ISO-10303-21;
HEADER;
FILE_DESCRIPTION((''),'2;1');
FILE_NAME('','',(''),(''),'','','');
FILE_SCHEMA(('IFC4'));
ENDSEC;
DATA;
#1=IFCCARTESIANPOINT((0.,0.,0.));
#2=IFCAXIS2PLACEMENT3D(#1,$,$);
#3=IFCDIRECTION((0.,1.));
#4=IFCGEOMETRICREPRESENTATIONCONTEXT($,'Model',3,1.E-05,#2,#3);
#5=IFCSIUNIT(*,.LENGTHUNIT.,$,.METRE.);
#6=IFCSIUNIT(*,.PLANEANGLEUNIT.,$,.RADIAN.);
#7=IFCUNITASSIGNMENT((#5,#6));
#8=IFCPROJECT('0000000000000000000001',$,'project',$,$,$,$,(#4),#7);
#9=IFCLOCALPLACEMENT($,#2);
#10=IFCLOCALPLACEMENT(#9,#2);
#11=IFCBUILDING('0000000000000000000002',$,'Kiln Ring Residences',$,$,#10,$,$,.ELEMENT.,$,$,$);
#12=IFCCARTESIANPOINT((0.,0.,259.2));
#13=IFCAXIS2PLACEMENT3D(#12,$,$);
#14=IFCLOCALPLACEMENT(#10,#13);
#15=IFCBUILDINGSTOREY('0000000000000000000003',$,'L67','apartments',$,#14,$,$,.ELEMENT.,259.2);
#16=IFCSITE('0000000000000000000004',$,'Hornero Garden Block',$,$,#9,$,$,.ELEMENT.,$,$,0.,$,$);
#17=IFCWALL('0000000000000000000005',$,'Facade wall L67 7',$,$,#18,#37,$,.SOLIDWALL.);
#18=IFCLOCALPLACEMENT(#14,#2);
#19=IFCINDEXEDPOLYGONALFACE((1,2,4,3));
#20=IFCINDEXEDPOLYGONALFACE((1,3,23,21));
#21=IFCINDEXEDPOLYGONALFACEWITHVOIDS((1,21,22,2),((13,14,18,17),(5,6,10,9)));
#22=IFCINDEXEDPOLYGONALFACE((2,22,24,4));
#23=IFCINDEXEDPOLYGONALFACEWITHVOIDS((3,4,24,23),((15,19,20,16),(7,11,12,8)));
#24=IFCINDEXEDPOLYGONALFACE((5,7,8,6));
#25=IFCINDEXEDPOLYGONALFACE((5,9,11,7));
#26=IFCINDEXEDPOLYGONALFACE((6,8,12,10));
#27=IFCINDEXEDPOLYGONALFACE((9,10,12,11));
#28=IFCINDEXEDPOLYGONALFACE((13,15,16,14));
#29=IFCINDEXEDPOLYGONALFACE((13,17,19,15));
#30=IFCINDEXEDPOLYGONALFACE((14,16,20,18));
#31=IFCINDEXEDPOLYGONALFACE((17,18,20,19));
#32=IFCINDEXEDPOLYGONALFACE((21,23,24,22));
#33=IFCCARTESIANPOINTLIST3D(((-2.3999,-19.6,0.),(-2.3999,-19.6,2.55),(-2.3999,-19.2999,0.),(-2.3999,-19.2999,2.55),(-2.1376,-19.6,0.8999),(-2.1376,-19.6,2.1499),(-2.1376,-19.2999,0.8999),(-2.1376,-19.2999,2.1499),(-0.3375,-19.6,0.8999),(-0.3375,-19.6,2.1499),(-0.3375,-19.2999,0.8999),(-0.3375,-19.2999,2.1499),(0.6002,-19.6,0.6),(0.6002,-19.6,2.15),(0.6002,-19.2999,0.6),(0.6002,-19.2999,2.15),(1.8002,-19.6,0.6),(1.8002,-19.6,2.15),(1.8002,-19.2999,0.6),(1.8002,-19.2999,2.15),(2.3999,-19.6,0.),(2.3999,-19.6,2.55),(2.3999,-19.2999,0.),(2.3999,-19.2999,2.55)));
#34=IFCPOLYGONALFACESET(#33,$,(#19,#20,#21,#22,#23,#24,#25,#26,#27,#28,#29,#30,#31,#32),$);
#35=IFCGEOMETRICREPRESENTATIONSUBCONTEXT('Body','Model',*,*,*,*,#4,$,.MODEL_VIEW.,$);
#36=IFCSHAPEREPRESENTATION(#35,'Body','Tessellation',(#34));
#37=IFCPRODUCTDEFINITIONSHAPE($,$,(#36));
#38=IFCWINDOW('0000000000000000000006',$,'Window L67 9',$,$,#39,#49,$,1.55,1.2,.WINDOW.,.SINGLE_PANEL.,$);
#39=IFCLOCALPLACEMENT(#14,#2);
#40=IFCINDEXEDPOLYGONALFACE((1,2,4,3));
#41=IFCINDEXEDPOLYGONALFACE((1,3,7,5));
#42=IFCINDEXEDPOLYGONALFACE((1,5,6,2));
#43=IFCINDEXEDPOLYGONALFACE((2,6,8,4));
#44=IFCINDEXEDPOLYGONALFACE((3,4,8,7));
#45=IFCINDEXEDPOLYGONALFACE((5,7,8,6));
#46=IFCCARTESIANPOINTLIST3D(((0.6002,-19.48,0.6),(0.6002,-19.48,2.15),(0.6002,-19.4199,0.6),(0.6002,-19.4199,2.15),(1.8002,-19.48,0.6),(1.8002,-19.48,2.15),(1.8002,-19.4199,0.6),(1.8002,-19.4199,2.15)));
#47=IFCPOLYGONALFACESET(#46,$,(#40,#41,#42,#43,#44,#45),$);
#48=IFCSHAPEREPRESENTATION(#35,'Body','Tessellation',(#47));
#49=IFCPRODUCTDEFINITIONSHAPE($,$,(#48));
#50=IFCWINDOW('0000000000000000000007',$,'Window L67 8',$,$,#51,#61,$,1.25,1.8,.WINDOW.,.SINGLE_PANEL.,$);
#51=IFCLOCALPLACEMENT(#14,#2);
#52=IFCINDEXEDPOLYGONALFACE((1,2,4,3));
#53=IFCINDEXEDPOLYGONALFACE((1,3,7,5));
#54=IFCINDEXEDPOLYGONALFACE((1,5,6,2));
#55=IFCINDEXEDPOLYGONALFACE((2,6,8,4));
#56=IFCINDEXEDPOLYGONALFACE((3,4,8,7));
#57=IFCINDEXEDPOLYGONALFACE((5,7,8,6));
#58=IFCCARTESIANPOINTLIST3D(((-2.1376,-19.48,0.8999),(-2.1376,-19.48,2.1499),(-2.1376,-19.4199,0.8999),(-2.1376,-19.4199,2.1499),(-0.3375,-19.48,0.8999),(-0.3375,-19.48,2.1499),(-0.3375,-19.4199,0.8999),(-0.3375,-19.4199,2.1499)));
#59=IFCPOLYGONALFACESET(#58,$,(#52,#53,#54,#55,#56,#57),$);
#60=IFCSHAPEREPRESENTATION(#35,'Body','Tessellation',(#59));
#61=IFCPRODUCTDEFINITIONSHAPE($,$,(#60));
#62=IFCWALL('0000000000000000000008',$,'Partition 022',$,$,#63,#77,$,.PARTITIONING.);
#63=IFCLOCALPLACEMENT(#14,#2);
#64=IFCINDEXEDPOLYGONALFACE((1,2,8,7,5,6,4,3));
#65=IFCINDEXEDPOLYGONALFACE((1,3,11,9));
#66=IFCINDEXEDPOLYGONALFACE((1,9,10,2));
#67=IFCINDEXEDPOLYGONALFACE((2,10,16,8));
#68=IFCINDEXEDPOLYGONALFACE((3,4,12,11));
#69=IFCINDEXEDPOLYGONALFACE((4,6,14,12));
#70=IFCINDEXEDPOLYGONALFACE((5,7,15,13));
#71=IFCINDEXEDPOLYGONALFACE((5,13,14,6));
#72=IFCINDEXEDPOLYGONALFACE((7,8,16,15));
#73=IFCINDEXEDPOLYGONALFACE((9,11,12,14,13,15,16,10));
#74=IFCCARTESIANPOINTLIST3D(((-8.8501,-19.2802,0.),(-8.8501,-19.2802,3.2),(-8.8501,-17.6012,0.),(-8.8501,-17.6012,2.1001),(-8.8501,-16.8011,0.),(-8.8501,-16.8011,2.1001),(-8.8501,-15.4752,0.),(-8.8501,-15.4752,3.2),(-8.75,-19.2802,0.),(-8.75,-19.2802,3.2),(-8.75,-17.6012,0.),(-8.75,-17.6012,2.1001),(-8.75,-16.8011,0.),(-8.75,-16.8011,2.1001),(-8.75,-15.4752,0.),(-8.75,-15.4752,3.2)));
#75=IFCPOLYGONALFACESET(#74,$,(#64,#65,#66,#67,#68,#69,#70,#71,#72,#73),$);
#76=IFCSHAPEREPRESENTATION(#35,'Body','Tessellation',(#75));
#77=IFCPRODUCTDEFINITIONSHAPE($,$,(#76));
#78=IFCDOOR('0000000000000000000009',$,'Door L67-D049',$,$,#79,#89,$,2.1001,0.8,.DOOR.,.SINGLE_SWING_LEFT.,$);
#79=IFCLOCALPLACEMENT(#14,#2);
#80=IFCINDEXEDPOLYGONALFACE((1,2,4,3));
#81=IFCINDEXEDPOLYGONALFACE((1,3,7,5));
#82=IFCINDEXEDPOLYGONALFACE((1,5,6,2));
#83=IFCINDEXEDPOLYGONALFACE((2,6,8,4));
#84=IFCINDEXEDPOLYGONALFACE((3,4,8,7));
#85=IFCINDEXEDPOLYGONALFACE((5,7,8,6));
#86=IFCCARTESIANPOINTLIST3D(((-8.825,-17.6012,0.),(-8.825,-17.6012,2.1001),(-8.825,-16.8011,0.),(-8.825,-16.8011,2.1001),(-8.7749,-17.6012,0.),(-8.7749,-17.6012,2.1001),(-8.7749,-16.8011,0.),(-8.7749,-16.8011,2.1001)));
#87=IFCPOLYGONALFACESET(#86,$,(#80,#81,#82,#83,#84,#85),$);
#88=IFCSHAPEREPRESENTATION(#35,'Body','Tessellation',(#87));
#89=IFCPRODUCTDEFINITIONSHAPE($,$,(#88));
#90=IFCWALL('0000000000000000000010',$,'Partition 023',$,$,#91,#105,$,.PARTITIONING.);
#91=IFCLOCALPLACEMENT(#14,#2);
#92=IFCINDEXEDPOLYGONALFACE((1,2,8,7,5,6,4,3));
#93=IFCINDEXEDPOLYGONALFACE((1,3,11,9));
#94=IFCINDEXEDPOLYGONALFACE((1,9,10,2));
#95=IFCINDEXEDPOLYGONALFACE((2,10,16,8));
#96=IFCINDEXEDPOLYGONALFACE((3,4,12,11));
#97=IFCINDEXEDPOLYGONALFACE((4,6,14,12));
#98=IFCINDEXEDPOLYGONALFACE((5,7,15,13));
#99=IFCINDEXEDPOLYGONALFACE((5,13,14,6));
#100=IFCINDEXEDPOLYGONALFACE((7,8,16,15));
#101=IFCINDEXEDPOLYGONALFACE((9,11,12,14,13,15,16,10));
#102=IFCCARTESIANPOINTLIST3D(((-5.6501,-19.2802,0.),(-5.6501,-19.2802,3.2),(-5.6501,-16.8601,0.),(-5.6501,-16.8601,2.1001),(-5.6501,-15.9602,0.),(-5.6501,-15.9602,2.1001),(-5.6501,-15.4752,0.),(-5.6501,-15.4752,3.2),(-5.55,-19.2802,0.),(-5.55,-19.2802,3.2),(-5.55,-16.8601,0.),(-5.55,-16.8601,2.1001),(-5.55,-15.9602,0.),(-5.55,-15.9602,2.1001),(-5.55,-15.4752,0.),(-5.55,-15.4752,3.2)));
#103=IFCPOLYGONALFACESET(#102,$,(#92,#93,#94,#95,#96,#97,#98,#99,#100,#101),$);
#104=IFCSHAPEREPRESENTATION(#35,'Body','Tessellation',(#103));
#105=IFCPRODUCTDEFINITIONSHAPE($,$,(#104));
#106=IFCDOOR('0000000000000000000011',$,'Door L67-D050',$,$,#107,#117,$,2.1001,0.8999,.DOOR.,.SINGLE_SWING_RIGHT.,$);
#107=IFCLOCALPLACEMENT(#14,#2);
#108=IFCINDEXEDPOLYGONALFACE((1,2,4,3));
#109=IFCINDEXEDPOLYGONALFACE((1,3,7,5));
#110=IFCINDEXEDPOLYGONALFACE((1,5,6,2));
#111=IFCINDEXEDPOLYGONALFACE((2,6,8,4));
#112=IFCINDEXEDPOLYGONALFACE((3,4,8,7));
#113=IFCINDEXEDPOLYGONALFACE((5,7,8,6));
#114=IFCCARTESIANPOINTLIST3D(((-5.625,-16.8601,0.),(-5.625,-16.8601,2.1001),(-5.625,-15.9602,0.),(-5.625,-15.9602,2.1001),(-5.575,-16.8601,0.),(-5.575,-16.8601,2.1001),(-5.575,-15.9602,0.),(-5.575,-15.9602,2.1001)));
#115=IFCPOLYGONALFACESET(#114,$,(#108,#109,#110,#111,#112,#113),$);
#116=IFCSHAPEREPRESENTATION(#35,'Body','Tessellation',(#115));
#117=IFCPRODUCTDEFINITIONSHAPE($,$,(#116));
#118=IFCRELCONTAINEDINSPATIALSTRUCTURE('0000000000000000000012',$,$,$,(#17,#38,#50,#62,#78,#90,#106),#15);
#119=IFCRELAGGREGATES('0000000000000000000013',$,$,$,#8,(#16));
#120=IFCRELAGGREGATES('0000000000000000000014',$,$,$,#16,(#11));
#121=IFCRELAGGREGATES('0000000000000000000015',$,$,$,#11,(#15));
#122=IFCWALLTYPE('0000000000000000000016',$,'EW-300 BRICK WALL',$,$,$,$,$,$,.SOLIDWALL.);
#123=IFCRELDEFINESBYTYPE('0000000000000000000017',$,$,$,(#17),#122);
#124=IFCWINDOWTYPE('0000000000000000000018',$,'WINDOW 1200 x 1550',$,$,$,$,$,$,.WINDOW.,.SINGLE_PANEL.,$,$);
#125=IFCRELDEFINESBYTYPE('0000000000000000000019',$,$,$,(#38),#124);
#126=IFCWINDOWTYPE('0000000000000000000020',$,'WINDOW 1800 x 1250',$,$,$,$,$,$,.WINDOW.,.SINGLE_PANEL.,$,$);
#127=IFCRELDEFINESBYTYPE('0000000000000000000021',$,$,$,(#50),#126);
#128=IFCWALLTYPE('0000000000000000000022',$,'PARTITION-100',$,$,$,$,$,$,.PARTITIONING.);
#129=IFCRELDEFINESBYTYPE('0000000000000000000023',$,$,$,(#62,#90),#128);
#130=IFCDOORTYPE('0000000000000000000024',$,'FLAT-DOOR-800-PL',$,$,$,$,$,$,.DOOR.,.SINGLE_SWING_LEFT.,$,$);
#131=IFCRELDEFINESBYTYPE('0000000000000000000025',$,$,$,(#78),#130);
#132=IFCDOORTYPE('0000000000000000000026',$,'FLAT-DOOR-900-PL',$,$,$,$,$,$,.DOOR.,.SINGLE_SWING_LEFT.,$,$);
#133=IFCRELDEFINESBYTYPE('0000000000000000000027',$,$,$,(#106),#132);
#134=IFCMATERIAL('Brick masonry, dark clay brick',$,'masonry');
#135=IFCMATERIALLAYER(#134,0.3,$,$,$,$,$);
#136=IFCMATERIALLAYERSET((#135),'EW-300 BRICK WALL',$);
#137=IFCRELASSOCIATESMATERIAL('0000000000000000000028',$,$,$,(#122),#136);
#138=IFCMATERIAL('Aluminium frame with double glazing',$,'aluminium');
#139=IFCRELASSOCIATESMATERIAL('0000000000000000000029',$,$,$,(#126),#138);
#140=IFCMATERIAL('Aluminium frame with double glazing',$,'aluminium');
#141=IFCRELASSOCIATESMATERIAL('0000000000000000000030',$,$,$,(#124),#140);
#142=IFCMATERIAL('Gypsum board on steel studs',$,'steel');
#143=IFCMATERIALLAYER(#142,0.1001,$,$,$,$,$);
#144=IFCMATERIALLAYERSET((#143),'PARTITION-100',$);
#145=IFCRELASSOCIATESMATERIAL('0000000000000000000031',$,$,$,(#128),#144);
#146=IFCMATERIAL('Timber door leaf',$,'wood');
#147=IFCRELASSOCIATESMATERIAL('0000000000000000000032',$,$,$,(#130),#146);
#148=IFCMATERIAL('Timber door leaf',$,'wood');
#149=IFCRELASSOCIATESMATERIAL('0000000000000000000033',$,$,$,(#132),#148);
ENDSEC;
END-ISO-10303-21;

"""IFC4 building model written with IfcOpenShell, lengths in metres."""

from ifc_helpers import new_model, si_unit, direction, frame, frame_2d, origin, place, context, subcontext, project, spatial, rectangle, extrude, material, layer, layer_set, type_object, element, fill, save


model = new_model("IFC4")

# Units and contexts
model_context = context("Model", 3, precision=1e-05, world=origin(), true_north=direction((0.0, 1.0)))
body_context = subcontext(model_context, "Body", "Model", "MODEL_VIEW")
ifc_project = project(units=[si_unit("LENGTHUNIT", "METRE"), si_unit("PLANEANGLEUNIT", "RADIAN")], contexts=[model_context])

# Site, building, storey
site_placement = place(None, origin())
site = spatial("IfcSite", under=ifc_project, at=site_placement, Name="Hornero Garden Block", CompositionType="ELEMENT", RefElevation=0.0)
building_placement = place(site_placement, origin())
building = spatial("IfcBuilding", under=site, at=building_placement, Name="Kiln Ring Residences", CompositionType="ELEMENT")
storey_placement = place(building_placement, frame((0.0, 0.0, 259.2)))
storey = spatial("IfcBuildingStorey", under=building, at=storey_placement, Name="L67", Description="apartments", CompositionType="ELEMENT", Elevation=259.2)

# Wall, openings, windows
ifc_material_1 = material(Name="Brick masonry, dark clay brick", Category="masonry")
ifc_layer_1 = layer(ifc_material_1, 0.3)
ifc_layer_set_1 = layer_set([ifc_layer_1], Name="EW-300 BRICK WALL")
wall_type_1 = type_object("IfcWallType", Name="EW-300 BRICK WALL", PredefinedType="SOLIDWALL", material=ifc_layer_set_1)
ifc_material_2 = material(Name="Aluminium frame with double glazing", Category="aluminium")
window_type_1 = type_object("IfcWindowType", Name="WINDOW 1800 x 1250", PartitioningType="SINGLE_PANEL", PredefinedType="WINDOW", material=ifc_material_2)
wall_1_placement = place(storey_placement, frame((-2.3999, -19.45, 0.0), z_axis=(0.0, 0.0, 1.0), x_axis=(1.0, 0.0, 0.0)))
wall_1 = element("IfcWall", 1, at=wall_1_placement, inside=storey, type_object=wall_type_1, Name="Facade wall L67 7", PredefinedType="SOLIDWALL", context=body_context, shape_type="SweptSolid", body=[
    extrude(rectangle(XDim=4.7998, YDim=0.3, at=frame_2d((2.3999, 0.0))), origin(), (0.0, 0.0, 1.0), 2.55),
])
opening_1_placement = place(wall_1_placement, frame((0.2625, 0.0, 0.8999)))
opening_1 = element("IfcOpeningElement", 2, at=opening_1_placement, cuts=wall_1, PredefinedType="OPENING", context=body_context, shape_type="SweptSolid", body=[
    extrude(rectangle(XDim=1.8, YDim=1.25, at=frame_2d((0.8999, 0.625))), frame((0.0, 0.1599, 0.0), z_axis=(0.0, -1.0, 0.0), x_axis=(1.0, 0.0, 0.0)), (0.0, 0.0, 1.0), 0.3201),
])
opening_2_placement = place(wall_1_placement, frame((3.0, 0.0, 0.6001)))
opening_2 = element("IfcOpeningElement", 3, at=opening_2_placement, cuts=wall_1, PredefinedType="OPENING", context=body_context, shape_type="SweptSolid", body=[
    extrude(rectangle(XDim=1.2, YDim=1.55, at=frame_2d((0.6001, 0.7749))), frame((0.0, 0.1599, 0.0), z_axis=(0.0, -1.0, 0.0), x_axis=(1.0, 0.0, 0.0)), (0.0, 0.0, 1.0), 0.3201),
])
ifc_material_3 = material(Name="Aluminium frame with double glazing", Category="aluminium")
window_type_2 = type_object("IfcWindowType", Name="WINDOW 1200 x 1550", PartitioningType="SINGLE_PANEL", PredefinedType="WINDOW", material=ifc_material_3)
window_1_placement = place(opening_2_placement, origin())
window_1 = element("IfcWindow", 4, at=window_1_placement, inside=storey, type_object=window_type_2, Name="Window L67 9", OverallHeight=1.55, OverallWidth=1.2, PartitioningType="SINGLE_PANEL", PredefinedType="WINDOW", context=body_context, shape_type="SweptSolid", body=[
    extrude(rectangle(XDim=1.2, YDim=1.55, at=frame_2d((0.6001, 0.7749))), frame((0.0, 0.03, 0.0), z_axis=(0.0, -1.0, 0.0), x_axis=(1.0, 0.0, 0.0)), (0.0, 0.0, 1.0), 0.0601),
])
fill(opening_2, window_1)
window_2_placement = place(opening_1_placement, origin())
window_2 = element("IfcWindow", 5, at=window_2_placement, inside=storey, type_object=window_type_1, Name="Window L67 8", OverallHeight=1.25, OverallWidth=1.8, PartitioningType="SINGLE_PANEL", PredefinedType="WINDOW", context=body_context, shape_type="SweptSolid", body=[
    extrude(rectangle(XDim=1.8, YDim=1.25, at=frame_2d((0.8999, 0.625))), frame((0.0, 0.03, 0.0), z_axis=(0.0, -1.0, 0.0), x_axis=(1.0, 0.0, 0.0)), (0.0, 0.0, 1.0), 0.0601),
])
fill(opening_1, window_2)

# Walls, openings, doors
ifc_material_4 = material(Name="Gypsum board on steel studs", Category="steel")
ifc_layer_2 = layer(ifc_material_4, 0.1001)
ifc_layer_set_2 = layer_set([ifc_layer_2], Name="PARTITION-100")
wall_type_2 = type_object("IfcWallType", Name="PARTITION-100", PredefinedType="PARTITIONING", material=ifc_layer_set_2)
wall_2_placement = place(storey_placement, frame((-8.8, -19.28, 0.0), z_axis=(0.0, 0.0, 1.0), x_axis=(0.0, 1.0, 0.0)))
wall_2 = element("IfcWall", 6, at=wall_2_placement, inside=storey, type_object=wall_type_2, Name="Partition 022", PredefinedType="PARTITIONING", context=body_context, shape_type="SweptSolid", body=[
    extrude(rectangle(XDim=3.8049, YDim=0.1001, at=frame_2d((1.9023, 0.0))), origin(), (0.0, 0.0, 1.0), 3.2),
])
opening_3_placement = place(wall_2_placement, frame((1.679, 0.0, 0.0)))
opening_3 = element("IfcOpeningElement", 7, at=opening_3_placement, cuts=wall_2, PredefinedType="OPENING", context=body_context, shape_type="SweptSolid", body=[
    extrude(rectangle(XDim=0.8, YDim=2.1001, at=frame_2d((0.3999, 1.05))), frame((0.0, 0.0601, 0.0), z_axis=(0.0, -1.0, 0.0), x_axis=(1.0, 0.0, 0.0)), (0.0, 0.0, 1.0), 0.1201),
])
ifc_material_5 = material(Name="Timber door leaf", Category="wood")
door_type_1 = type_object("IfcDoorType", Name="FLAT-DOOR-800-PL", OperationType="SINGLE_SWING_LEFT", PredefinedType="DOOR", material=ifc_material_5)
door_1_placement = place(opening_3_placement, origin())
door_1 = element("IfcDoor", 8, at=door_1_placement, inside=storey, type_object=door_type_1, Name="Door L67-D049", OperationType="SINGLE_SWING_LEFT", OverallHeight=2.1001, OverallWidth=0.8, PredefinedType="DOOR", context=body_context, shape_type="SweptSolid", body=[
    extrude(rectangle(XDim=0.8, YDim=2.1001, at=frame_2d((0.3999, 1.05))), frame((0.0, 0.0249, 0.0), z_axis=(0.0, -1.0, 0.0), x_axis=(1.0, 0.0, 0.0)), (0.0, 0.0, 1.0), 0.05),
])
fill(opening_3, door_1)
wall_3_placement = place(storey_placement, frame((-5.6001, -19.28, 0.0), z_axis=(0.0, 0.0, 1.0), x_axis=(0.0, 1.0, 0.0)))
wall_3 = element("IfcWall", 9, at=wall_3_placement, inside=storey, type_object=wall_type_2, Name="Partition 023", PredefinedType="PARTITIONING", context=body_context, shape_type="SweptSolid", body=[
    extrude(rectangle(XDim=3.8049, YDim=0.1001, at=frame_2d((1.9023, 0.0))), origin(), (0.0, 0.0, 1.0), 3.2),
])
opening_4_placement = place(wall_3_placement, frame((2.4199, 0.0, 0.0)))
opening_4 = element("IfcOpeningElement", 10, at=opening_4_placement, cuts=wall_3, PredefinedType="OPENING", context=body_context, shape_type="SweptSolid", body=[
    extrude(rectangle(XDim=0.8999, YDim=2.1001, at=frame_2d((0.45, 1.05))), frame((0.0, 0.0601, 0.0), z_axis=(0.0, -1.0, 0.0), x_axis=(1.0, 0.0, 0.0)), (0.0, 0.0, 1.0), 0.1201),
])
ifc_material_6 = material(Name="Timber door leaf", Category="wood")
door_type_2 = type_object("IfcDoorType", Name="FLAT-DOOR-900-PL", OperationType="SINGLE_SWING_LEFT", PredefinedType="DOOR", material=ifc_material_6)
door_2_placement = place(opening_4_placement, origin())
door_2 = element("IfcDoor", 11, at=door_2_placement, inside=storey, type_object=door_type_2, Name="Door L67-D050", OperationType="SINGLE_SWING_RIGHT", OverallHeight=2.1001, OverallWidth=0.8999, PredefinedType="DOOR", context=body_context, shape_type="SweptSolid", body=[
    extrude(rectangle(XDim=0.8999, YDim=2.1001, at=frame_2d((0.45, 1.05))), frame((0.0, 0.0249, 0.0), z_axis=(0.0, -1.0, 0.0), x_axis=(1.0, 0.0, 0.0)), (0.0, 0.0, 1.0), 0.05),
])
fill(opening_4, door_2)

save(model, "model.ifc")
